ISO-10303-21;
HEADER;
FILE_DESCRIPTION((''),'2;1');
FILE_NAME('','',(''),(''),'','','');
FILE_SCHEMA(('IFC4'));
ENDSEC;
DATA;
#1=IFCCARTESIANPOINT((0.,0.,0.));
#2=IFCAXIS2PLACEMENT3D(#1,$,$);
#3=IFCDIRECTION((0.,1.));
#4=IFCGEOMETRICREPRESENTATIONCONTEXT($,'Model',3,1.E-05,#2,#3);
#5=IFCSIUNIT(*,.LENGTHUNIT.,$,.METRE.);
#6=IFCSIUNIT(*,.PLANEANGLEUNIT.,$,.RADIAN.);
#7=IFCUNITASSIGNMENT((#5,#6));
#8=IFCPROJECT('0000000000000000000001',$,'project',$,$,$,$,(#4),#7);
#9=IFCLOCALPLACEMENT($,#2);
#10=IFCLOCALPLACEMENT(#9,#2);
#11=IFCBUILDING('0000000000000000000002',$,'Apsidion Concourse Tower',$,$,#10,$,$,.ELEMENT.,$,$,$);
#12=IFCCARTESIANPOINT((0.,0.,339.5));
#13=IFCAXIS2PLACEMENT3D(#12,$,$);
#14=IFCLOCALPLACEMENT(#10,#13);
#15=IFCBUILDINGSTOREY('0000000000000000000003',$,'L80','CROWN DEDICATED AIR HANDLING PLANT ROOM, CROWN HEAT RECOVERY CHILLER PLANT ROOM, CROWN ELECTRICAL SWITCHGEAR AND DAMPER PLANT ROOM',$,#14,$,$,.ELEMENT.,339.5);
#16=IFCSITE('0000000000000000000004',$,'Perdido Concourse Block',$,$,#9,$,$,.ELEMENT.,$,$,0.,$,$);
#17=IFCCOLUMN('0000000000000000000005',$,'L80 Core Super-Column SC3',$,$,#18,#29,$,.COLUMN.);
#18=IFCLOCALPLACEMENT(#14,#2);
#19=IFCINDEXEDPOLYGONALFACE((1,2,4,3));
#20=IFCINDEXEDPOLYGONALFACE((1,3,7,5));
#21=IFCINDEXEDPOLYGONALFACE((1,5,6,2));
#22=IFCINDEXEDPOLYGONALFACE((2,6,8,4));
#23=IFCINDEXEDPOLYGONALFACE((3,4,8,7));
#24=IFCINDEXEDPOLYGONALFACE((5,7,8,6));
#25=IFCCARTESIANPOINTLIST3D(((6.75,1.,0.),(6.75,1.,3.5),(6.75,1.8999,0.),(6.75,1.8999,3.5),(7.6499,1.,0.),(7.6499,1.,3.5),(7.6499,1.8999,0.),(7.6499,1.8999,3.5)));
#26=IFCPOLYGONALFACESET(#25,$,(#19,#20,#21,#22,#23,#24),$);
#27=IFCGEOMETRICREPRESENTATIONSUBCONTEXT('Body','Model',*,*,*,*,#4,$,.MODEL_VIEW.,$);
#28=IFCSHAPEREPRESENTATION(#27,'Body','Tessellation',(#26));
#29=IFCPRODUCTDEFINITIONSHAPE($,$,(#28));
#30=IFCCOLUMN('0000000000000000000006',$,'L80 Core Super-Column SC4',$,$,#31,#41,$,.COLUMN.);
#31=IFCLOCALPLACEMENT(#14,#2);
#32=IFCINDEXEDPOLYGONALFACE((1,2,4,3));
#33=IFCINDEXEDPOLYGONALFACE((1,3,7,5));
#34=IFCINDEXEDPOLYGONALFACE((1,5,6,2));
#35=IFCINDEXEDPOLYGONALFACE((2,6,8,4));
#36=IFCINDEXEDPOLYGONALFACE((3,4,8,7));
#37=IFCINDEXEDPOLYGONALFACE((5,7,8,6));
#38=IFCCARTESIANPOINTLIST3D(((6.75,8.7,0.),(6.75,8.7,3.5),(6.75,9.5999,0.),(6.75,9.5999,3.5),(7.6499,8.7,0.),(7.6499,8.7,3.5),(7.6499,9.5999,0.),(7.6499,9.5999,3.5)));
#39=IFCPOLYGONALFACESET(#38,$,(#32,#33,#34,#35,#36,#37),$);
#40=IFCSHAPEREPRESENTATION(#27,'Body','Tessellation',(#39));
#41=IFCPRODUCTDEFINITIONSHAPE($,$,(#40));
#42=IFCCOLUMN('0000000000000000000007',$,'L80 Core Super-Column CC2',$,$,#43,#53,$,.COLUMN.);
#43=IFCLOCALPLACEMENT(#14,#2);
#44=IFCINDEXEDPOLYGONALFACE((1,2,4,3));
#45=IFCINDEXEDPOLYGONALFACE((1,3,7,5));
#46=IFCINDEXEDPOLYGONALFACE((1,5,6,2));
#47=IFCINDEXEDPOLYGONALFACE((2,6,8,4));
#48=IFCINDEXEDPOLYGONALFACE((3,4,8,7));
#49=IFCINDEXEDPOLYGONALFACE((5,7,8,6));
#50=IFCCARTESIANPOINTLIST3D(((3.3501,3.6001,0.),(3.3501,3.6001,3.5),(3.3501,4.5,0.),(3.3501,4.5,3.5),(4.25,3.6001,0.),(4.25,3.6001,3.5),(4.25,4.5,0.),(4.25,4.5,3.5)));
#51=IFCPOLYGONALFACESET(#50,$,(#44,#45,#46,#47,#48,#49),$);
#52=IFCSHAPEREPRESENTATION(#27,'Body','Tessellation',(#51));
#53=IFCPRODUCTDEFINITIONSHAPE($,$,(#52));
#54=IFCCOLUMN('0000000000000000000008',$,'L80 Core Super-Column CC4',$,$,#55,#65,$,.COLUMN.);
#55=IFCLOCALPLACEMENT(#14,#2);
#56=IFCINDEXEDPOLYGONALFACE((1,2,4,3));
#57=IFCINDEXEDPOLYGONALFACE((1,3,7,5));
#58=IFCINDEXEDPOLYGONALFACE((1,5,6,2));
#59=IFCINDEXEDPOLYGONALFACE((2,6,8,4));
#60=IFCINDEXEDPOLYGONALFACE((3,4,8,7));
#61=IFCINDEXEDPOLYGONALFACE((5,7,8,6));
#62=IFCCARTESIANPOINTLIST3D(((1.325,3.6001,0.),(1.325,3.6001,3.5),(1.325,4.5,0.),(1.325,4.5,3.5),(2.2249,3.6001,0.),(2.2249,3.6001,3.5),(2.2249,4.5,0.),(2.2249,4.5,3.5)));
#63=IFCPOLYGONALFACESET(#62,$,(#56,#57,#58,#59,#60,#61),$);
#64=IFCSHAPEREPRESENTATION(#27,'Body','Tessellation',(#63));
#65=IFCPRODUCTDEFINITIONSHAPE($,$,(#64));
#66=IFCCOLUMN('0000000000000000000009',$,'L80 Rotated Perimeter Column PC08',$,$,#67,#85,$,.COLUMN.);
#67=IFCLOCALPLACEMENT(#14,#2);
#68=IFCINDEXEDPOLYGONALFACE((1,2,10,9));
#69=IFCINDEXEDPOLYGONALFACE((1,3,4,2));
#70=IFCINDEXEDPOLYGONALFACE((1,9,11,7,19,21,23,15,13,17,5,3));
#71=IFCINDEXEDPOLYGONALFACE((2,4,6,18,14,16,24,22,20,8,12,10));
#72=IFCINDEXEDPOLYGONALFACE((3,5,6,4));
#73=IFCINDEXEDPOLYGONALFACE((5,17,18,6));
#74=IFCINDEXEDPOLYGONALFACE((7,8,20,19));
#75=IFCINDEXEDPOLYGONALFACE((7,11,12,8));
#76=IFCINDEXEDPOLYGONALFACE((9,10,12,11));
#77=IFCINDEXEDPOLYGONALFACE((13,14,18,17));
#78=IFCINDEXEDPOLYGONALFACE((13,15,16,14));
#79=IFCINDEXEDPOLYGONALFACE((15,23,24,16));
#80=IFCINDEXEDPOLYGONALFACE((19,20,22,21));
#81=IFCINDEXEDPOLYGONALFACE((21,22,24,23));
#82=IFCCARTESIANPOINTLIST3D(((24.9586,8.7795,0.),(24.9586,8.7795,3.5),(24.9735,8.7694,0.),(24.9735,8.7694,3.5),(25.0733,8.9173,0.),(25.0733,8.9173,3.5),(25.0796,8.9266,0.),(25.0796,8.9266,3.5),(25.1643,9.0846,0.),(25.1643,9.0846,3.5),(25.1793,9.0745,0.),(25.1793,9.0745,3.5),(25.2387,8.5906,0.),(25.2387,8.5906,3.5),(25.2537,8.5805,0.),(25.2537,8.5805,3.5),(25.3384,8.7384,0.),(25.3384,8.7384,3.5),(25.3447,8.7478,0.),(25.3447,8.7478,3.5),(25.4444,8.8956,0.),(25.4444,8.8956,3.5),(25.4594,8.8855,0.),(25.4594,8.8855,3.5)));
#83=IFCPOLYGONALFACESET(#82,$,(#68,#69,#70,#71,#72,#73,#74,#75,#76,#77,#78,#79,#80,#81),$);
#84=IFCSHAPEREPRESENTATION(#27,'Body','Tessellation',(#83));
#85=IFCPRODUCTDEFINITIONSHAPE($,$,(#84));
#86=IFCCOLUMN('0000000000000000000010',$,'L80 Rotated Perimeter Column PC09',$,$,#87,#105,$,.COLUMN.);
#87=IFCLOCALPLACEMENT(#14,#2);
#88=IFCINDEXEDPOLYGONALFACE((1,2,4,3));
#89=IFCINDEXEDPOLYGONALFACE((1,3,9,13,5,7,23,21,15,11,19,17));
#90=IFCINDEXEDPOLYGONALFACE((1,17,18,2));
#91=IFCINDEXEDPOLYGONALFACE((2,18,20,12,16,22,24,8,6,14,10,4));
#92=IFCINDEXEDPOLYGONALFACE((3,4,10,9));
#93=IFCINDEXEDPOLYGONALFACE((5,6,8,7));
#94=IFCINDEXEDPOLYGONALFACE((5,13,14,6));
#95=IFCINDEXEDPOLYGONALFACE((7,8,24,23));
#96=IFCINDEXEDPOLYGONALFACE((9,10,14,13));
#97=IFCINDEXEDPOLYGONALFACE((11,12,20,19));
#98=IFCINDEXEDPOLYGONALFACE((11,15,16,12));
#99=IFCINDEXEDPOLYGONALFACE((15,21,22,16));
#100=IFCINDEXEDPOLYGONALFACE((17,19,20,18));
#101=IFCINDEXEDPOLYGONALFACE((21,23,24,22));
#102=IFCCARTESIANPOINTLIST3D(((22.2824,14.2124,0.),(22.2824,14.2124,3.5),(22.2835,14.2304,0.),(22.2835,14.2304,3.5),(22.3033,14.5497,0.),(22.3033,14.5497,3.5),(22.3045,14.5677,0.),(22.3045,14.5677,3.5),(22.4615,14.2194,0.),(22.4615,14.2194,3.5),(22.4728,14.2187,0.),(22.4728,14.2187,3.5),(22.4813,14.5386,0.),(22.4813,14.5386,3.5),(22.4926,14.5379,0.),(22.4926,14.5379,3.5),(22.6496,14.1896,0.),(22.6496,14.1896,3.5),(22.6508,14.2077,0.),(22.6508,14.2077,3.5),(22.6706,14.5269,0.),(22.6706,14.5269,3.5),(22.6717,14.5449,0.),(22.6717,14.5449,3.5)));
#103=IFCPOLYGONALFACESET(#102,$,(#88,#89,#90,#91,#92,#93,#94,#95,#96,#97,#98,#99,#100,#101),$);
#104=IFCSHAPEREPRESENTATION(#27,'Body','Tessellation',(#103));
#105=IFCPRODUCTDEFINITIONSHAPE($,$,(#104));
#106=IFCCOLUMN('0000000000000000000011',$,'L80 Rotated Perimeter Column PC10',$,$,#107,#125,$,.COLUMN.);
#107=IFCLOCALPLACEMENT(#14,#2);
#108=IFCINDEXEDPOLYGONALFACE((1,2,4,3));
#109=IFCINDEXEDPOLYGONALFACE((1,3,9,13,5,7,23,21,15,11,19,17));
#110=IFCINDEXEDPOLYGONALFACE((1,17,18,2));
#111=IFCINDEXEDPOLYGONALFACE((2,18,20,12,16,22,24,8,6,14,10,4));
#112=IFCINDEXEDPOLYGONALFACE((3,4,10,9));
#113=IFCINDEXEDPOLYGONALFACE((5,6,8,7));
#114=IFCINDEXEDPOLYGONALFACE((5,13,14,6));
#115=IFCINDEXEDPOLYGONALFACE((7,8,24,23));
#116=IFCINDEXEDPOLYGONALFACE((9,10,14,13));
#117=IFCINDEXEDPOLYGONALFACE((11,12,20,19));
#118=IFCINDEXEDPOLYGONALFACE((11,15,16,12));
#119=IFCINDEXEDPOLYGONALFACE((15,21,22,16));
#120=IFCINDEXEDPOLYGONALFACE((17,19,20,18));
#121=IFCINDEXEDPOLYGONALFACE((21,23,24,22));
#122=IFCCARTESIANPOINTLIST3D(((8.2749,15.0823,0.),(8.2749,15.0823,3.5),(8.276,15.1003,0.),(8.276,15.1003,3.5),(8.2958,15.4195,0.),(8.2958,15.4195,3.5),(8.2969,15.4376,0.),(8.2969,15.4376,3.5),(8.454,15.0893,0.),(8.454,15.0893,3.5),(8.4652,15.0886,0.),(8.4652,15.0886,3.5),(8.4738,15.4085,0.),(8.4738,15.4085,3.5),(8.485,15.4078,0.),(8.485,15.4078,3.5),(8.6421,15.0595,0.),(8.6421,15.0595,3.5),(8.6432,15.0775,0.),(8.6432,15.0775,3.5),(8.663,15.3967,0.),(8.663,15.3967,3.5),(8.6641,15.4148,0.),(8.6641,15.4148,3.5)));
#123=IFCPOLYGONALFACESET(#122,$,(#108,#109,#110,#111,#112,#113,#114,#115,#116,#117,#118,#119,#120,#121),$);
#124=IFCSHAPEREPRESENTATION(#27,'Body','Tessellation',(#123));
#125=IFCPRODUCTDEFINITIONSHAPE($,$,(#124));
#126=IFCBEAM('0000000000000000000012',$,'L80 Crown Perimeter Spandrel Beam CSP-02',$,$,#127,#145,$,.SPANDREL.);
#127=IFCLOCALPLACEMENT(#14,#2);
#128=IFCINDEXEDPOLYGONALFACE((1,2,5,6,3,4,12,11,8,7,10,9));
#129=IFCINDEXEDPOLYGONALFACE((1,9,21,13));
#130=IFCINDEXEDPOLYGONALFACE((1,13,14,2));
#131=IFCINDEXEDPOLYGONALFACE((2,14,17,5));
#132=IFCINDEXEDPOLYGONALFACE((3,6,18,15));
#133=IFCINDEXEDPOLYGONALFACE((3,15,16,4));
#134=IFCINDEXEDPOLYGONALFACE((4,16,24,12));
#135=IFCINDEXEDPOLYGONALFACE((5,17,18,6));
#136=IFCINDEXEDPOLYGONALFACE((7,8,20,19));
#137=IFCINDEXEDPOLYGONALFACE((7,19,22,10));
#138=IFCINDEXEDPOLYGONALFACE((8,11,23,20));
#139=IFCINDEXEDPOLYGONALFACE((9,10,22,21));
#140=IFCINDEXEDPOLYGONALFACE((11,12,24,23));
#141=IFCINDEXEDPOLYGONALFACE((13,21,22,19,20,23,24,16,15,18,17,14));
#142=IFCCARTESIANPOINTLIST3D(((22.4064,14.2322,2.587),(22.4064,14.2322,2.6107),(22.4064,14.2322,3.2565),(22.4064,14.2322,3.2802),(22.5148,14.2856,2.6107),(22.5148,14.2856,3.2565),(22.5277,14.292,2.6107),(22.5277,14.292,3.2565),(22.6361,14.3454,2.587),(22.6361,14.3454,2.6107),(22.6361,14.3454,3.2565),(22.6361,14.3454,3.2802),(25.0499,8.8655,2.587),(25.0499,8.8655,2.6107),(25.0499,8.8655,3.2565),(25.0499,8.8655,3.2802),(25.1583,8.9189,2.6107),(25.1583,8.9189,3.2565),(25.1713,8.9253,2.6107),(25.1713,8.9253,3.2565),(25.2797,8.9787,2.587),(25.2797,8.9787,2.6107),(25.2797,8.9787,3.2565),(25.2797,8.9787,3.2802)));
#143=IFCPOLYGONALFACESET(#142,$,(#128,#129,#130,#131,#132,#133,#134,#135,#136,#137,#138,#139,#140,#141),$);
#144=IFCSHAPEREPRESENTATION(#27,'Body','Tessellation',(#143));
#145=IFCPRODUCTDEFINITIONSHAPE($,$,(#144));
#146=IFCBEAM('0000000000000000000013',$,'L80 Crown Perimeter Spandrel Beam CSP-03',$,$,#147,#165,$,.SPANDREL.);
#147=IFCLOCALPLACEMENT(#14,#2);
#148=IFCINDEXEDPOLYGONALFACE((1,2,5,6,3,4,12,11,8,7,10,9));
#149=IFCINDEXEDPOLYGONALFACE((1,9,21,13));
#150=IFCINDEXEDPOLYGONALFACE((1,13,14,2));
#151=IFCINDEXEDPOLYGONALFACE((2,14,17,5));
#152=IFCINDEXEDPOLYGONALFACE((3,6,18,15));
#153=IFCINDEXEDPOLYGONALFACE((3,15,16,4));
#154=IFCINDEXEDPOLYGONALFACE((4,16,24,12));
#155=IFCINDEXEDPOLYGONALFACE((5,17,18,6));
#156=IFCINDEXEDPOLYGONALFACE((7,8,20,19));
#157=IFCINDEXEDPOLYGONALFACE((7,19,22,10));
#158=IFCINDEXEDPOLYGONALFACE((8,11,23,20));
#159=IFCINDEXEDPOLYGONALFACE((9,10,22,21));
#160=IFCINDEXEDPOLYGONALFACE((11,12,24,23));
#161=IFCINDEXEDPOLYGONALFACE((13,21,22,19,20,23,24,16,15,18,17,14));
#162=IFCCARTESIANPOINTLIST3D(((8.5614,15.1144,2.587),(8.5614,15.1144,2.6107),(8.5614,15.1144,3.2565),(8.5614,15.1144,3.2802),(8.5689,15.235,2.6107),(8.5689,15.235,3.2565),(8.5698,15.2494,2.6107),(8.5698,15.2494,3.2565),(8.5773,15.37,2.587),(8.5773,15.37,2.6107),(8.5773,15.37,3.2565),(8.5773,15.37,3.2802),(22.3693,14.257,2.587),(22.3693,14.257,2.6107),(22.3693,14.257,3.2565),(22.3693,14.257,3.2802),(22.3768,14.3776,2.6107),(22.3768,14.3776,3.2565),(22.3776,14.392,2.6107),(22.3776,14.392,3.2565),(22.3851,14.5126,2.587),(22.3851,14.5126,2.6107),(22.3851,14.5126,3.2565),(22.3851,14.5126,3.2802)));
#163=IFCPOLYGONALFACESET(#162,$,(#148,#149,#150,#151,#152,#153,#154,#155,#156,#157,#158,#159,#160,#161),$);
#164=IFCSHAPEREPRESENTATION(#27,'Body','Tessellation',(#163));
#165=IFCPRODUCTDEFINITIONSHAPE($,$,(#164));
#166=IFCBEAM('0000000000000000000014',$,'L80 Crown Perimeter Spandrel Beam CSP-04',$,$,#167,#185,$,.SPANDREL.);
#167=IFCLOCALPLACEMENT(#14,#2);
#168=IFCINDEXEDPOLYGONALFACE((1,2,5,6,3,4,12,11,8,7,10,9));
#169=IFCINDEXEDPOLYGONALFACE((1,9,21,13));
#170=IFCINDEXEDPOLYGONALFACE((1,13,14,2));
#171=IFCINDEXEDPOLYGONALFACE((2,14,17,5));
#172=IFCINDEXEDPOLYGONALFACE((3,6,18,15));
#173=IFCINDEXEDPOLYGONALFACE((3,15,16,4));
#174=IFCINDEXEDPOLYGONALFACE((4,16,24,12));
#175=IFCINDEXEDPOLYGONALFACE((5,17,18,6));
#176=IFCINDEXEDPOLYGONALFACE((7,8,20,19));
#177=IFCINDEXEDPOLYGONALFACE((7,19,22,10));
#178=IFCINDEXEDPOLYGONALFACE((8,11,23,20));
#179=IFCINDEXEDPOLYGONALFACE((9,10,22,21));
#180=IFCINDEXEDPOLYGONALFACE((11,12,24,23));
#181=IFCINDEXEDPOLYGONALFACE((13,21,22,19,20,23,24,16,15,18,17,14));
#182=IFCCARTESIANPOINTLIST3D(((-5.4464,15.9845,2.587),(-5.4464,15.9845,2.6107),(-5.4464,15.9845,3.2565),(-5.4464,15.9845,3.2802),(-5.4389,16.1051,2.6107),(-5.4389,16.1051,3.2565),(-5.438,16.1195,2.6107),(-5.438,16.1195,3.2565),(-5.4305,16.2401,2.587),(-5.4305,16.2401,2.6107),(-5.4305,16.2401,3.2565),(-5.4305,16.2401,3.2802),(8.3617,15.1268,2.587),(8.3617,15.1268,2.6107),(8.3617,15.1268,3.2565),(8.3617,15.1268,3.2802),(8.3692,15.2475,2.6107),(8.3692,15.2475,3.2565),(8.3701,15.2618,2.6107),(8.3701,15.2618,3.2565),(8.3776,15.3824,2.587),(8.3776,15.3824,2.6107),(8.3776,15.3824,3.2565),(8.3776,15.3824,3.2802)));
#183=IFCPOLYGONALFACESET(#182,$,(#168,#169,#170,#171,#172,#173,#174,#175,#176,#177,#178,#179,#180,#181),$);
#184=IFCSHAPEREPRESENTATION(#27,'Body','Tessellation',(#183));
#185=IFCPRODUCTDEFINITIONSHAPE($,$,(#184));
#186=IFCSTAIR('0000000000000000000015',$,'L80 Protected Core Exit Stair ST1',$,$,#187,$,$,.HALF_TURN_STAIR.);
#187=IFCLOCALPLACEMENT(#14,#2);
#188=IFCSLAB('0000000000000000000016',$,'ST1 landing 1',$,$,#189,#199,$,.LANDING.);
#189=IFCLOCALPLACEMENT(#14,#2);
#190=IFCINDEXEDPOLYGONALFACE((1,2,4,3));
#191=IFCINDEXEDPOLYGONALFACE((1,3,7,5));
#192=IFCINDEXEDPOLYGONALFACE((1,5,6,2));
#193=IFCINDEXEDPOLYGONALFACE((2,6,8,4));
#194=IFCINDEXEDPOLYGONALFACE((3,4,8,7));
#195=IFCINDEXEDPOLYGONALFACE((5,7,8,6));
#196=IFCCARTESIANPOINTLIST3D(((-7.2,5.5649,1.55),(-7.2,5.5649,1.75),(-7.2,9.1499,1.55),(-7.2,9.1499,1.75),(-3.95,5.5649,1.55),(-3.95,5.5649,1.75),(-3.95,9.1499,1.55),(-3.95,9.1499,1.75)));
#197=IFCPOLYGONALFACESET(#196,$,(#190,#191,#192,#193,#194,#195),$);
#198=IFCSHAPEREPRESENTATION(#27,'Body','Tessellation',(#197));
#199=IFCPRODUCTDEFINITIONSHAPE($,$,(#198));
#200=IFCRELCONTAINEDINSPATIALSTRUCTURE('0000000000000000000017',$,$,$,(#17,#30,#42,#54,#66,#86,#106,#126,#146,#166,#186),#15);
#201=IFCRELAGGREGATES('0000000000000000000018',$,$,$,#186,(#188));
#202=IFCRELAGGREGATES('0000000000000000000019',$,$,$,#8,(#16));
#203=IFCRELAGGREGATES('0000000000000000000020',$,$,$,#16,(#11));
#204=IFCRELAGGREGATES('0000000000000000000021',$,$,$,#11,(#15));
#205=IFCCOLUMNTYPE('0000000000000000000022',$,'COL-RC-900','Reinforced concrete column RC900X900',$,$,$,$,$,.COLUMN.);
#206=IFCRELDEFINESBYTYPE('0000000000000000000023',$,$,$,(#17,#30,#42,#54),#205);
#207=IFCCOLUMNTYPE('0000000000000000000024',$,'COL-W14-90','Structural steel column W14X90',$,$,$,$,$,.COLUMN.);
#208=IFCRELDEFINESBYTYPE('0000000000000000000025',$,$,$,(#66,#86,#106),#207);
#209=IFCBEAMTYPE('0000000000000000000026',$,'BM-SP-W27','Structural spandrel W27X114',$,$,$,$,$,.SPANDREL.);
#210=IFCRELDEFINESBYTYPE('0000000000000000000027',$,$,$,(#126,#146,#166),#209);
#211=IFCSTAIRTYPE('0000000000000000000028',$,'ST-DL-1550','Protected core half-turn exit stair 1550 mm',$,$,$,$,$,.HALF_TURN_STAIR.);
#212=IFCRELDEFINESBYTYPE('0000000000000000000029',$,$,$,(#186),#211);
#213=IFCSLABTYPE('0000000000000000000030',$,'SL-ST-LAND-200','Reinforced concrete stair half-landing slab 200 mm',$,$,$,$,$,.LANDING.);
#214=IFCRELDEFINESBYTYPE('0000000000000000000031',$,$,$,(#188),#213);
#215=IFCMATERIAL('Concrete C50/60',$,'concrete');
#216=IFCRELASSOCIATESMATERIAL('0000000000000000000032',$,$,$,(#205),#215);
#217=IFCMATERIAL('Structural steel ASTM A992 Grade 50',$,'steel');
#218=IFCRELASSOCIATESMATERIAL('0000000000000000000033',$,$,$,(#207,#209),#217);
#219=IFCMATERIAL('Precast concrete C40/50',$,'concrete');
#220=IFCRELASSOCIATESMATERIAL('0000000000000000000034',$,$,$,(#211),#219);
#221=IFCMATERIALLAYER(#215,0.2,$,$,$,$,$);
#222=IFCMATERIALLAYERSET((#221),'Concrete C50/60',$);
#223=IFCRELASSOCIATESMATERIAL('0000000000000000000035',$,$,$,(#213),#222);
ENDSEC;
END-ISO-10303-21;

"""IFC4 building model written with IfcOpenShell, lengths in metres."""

from ifc_helpers import new_model, si_unit, direction, frame, origin, origin_2d, place, context, subcontext, project, spatial, polyline, rectangle, i_section, outline, extrude, material, layer, layer_set, material_profile, profile_set, type_object, element, aggregate, save


model = new_model("IFC4")

# Units and contexts
model_context = context("Model", 3, precision=1e-05, world=origin(), true_north=direction((0.0, 1.0)))
body_context = subcontext(model_context, "Body", "Model", "MODEL_VIEW")
ifc_project = project(units=[si_unit("LENGTHUNIT", "METRE"), si_unit("PLANEANGLEUNIT", "RADIAN")], contexts=[model_context])

# Site, building, storey
site_placement = place(None, origin())
site = spatial("IfcSite", under=ifc_project, at=site_placement, Name="Perdido Concourse Block", CompositionType="ELEMENT", RefElevation=0.0)
building_placement = place(site_placement, origin())
building = spatial("IfcBuilding", under=site, at=building_placement, Name="Apsidion Concourse Tower", CompositionType="ELEMENT")
storey_placement = place(building_placement, frame((0.0, 0.0, 339.5)))
storey = spatial("IfcBuildingStorey", under=building, at=storey_placement, Name="L80", Description="CROWN DEDICATED AIR HANDLING PLANT ROOM, CROWN HEAT RECOVERY CHILLER PLANT ROOM, CROWN ELECTRICAL SWITCHGEAR AND DAMPER PLANT ROOM", CompositionType="ELEMENT", Elevation=339.5)

# Columns
ifc_material_1 = material(Name="Concrete C50/60", Category="concrete")
ifc_material_profile_1 = material_profile(ifc_material_1, rectangle(XDim=0.8999, YDim=0.8999, at=origin_2d()), Name="RC 900x900")
ifc_profile_set_1 = profile_set([ifc_material_profile_1], Name="Concrete C50/60")
column_type_1 = type_object("IfcColumnType", Name="COL-RC-900", Description="Reinforced concrete column RC900X900", PredefinedType="COLUMN", material=ifc_profile_set_1)
for number, where, z_axis, x_axis, name in (
    (1, (7.2, 1.45, 0.0), (0.0, 0.0, 1.0), (1.0, 0.0, 0.0), "L80 Core Super-Column SC3"),
    (2, (7.2, 9.1499, 0.0), (0.0, 0.0, 1.0), (1.0, 0.0, 0.0), "L80 Core Super-Column SC4"),
    (3, (3.8, 4.05, 0.0), (0.0, 0.0, 1.0), (1.0, 0.0, 0.0), "L80 Core Super-Column CC2"),
    (4, (1.7749, 4.05, 0.0), (0.0, 0.0, 1.0), (1.0, 0.0, 0.0), "L80 Core Super-Column CC4"),
):
    element("IfcColumn", number, at=place(storey_placement, frame(where, z_axis=z_axis, x_axis=x_axis)), inside=storey, type_object=column_type_1, Name=name, PredefinedType="COLUMN", context=body_context, shape_type="SweptSolid", body=[
        extrude(rectangle(XDim=0.8999, YDim=0.8999, at=origin_2d()), origin(), (0.0, 0.0, 1.0), 3.5),
    ])
ifc_material_2 = material(Name="Structural steel ASTM A992 Grade 50", Category="steel")
ifc_material_profile_2 = material_profile(ifc_material_2, i_section(OverallWidth=0.3679, OverallDepth=0.356, WebThickness=0.0112, FlangeThickness=0.0181, at=origin_2d()), Name="W14X90")
ifc_profile_set_2 = profile_set([ifc_material_profile_2], Name="Structural steel ASTM A992 Grade 50")
column_type_2 = type_object("IfcColumnType", Name="COL-W14-90", Description="Structural steel column W14X90", PredefinedType="COLUMN", material=ifc_profile_set_2)
for number, where, z_axis, x_axis, name in (
    (5, (25.209, 8.8325, 0.0), (0.0, 0.0, 1.0), (0.559193, 0.829038, 0.0), "L80 Rotated Perimeter Column PC08"),
    (6, (22.4771, 14.3787, 0.0), (0.0, 0.0, 1.0), (-0.998081, 0.06192, 0.0), "L80 Rotated Perimeter Column PC09"),
    (7, (8.4695, 15.2485, 0.0), (0.0, 0.0, 1.0), (-0.998081, 0.06192, 0.0), "L80 Rotated Perimeter Column PC10"),
):
    element("IfcColumn", number, at=place(storey_placement, frame(where, z_axis=z_axis, x_axis=x_axis)), inside=storey, type_object=column_type_2, Name=name, PredefinedType="COLUMN", context=body_context, shape_type="SweptSolid", body=[
        extrude(i_section(OverallWidth=0.3679, OverallDepth=0.356, WebThickness=0.0112, FlangeThickness=0.0181, at=origin_2d()), origin(), (0.0, 0.0, 1.0), 3.5),
    ])

# Beams
ifc_material_profile_3 = material_profile(ifc_material_2, i_section(OverallWidth=0.2561, OverallDepth=0.6931, WebThickness=0.0144, FlangeThickness=0.0237, at=origin_2d()), Name="W27X114")
ifc_profile_set_3 = profile_set([ifc_material_profile_3], Name="Structural steel ASTM A992 Grade 50")
beam_type = type_object("IfcBeamType", Name="BM-SP-W27", Description="Structural spandrel W27X114", PredefinedType="SPANDREL", material=ifc_profile_set_3)
beam_1_placement = place(storey_placement, frame((25.1648, 8.9221, 2.9336), z_axis=(-0.441884, 0.897072, 0.0), x_axis=(-0.897072, -0.441884, 0.0)))
element("IfcBeam", 8, at=beam_1_placement, inside=storey, type_object=beam_type, Name="L80 Crown Perimeter Spandrel Beam CSP-02", PredefinedType="SPANDREL", context=body_context, shape_type="SweptSolid", body=[
    extrude(i_section(OverallWidth=0.2561, OverallDepth=0.6931, WebThickness=0.0144, FlangeThickness=0.0237, at=origin_2d()), origin(), (0.0, 0.0, 1.0), 5.9824),
])
beam_2_placement = place(storey_placement, frame((22.3772, 14.3848, 2.9336), z_axis=(-0.998078, 0.061977, 0.0), x_axis=(-0.061977, -0.998078, 0.0)))
element("IfcBeam", 9, at=beam_2_placement, inside=storey, type_object=beam_type, Name="L80 Crown Perimeter Spandrel Beam CSP-03", PredefinedType="SPANDREL", context=body_context, shape_type="SweptSolid", body=[
    extrude(i_section(OverallWidth=0.2561, OverallDepth=0.6931, WebThickness=0.0144, FlangeThickness=0.0237, at=origin_2d()), origin(), (0.0, 0.0, 1.0), 13.8345),
])
beam_3_placement = place(storey_placement, frame((8.3696, 15.2546, 2.9336), z_axis=(-0.998077, 0.061994, 0.0), x_axis=(-0.061994, -0.998077, 0.0)))
element("IfcBeam", 10, at=beam_3_placement, inside=storey, type_object=beam_type, Name="L80 Crown Perimeter Spandrel Beam CSP-04", PredefinedType="SPANDREL", context=body_context, shape_type="SweptSolid", body=[
    extrude(i_section(OverallWidth=0.2561, OverallDepth=0.6931, WebThickness=0.0144, FlangeThickness=0.0237, at=origin_2d()), origin(), (0.0, 0.0, 1.0), 13.8347),
])

# Stair, slab
ifc_material_3 = material(Name="Precast concrete C40/50", Category="concrete")
stair_type = type_object("IfcStairType", Name="ST-DL-1550", Description="Protected core half-turn exit stair 1550 mm", PredefinedType="HALF_TURN_STAIR", material=ifc_material_3)
stair_1_placement = place(storey_placement, origin())
stair_1 = element("IfcStair", 11, at=stair_1_placement, inside=storey, type_object=stair_type, Name="L80 Protected Core Exit Stair ST1", PredefinedType="HALF_TURN_STAIR")
ifc_layer_1 = layer(ifc_material_1, 0.2)
ifc_layer_set_1 = layer_set([ifc_layer_1], Name="Concrete C50/60")
slab_type = type_object("IfcSlabType", Name="SL-ST-LAND-200", Description="Reinforced concrete stair half-landing slab 200 mm", PredefinedType="LANDING", material=ifc_layer_set_1)
slab_1_placement = place(storey_placement, frame((0.0, 0.0, 1.55)))
slab_1 = element("IfcSlab", 12, at=slab_1_placement, type_object=slab_type, Name="ST1 landing 1", PredefinedType="LANDING", context=body_context, shape_type="SweptSolid", body=[
    extrude(outline(polyline([(-3.95, 5.5649), (-3.95, 9.1499), (-7.2, 9.1499), (-7.2, 5.5649), (-3.95, 5.5649)])), origin(), (0.0, 0.0, 1.0), 0.2),
])
aggregate(stair_1, [slab_1])

save(model, "model.ifc")
